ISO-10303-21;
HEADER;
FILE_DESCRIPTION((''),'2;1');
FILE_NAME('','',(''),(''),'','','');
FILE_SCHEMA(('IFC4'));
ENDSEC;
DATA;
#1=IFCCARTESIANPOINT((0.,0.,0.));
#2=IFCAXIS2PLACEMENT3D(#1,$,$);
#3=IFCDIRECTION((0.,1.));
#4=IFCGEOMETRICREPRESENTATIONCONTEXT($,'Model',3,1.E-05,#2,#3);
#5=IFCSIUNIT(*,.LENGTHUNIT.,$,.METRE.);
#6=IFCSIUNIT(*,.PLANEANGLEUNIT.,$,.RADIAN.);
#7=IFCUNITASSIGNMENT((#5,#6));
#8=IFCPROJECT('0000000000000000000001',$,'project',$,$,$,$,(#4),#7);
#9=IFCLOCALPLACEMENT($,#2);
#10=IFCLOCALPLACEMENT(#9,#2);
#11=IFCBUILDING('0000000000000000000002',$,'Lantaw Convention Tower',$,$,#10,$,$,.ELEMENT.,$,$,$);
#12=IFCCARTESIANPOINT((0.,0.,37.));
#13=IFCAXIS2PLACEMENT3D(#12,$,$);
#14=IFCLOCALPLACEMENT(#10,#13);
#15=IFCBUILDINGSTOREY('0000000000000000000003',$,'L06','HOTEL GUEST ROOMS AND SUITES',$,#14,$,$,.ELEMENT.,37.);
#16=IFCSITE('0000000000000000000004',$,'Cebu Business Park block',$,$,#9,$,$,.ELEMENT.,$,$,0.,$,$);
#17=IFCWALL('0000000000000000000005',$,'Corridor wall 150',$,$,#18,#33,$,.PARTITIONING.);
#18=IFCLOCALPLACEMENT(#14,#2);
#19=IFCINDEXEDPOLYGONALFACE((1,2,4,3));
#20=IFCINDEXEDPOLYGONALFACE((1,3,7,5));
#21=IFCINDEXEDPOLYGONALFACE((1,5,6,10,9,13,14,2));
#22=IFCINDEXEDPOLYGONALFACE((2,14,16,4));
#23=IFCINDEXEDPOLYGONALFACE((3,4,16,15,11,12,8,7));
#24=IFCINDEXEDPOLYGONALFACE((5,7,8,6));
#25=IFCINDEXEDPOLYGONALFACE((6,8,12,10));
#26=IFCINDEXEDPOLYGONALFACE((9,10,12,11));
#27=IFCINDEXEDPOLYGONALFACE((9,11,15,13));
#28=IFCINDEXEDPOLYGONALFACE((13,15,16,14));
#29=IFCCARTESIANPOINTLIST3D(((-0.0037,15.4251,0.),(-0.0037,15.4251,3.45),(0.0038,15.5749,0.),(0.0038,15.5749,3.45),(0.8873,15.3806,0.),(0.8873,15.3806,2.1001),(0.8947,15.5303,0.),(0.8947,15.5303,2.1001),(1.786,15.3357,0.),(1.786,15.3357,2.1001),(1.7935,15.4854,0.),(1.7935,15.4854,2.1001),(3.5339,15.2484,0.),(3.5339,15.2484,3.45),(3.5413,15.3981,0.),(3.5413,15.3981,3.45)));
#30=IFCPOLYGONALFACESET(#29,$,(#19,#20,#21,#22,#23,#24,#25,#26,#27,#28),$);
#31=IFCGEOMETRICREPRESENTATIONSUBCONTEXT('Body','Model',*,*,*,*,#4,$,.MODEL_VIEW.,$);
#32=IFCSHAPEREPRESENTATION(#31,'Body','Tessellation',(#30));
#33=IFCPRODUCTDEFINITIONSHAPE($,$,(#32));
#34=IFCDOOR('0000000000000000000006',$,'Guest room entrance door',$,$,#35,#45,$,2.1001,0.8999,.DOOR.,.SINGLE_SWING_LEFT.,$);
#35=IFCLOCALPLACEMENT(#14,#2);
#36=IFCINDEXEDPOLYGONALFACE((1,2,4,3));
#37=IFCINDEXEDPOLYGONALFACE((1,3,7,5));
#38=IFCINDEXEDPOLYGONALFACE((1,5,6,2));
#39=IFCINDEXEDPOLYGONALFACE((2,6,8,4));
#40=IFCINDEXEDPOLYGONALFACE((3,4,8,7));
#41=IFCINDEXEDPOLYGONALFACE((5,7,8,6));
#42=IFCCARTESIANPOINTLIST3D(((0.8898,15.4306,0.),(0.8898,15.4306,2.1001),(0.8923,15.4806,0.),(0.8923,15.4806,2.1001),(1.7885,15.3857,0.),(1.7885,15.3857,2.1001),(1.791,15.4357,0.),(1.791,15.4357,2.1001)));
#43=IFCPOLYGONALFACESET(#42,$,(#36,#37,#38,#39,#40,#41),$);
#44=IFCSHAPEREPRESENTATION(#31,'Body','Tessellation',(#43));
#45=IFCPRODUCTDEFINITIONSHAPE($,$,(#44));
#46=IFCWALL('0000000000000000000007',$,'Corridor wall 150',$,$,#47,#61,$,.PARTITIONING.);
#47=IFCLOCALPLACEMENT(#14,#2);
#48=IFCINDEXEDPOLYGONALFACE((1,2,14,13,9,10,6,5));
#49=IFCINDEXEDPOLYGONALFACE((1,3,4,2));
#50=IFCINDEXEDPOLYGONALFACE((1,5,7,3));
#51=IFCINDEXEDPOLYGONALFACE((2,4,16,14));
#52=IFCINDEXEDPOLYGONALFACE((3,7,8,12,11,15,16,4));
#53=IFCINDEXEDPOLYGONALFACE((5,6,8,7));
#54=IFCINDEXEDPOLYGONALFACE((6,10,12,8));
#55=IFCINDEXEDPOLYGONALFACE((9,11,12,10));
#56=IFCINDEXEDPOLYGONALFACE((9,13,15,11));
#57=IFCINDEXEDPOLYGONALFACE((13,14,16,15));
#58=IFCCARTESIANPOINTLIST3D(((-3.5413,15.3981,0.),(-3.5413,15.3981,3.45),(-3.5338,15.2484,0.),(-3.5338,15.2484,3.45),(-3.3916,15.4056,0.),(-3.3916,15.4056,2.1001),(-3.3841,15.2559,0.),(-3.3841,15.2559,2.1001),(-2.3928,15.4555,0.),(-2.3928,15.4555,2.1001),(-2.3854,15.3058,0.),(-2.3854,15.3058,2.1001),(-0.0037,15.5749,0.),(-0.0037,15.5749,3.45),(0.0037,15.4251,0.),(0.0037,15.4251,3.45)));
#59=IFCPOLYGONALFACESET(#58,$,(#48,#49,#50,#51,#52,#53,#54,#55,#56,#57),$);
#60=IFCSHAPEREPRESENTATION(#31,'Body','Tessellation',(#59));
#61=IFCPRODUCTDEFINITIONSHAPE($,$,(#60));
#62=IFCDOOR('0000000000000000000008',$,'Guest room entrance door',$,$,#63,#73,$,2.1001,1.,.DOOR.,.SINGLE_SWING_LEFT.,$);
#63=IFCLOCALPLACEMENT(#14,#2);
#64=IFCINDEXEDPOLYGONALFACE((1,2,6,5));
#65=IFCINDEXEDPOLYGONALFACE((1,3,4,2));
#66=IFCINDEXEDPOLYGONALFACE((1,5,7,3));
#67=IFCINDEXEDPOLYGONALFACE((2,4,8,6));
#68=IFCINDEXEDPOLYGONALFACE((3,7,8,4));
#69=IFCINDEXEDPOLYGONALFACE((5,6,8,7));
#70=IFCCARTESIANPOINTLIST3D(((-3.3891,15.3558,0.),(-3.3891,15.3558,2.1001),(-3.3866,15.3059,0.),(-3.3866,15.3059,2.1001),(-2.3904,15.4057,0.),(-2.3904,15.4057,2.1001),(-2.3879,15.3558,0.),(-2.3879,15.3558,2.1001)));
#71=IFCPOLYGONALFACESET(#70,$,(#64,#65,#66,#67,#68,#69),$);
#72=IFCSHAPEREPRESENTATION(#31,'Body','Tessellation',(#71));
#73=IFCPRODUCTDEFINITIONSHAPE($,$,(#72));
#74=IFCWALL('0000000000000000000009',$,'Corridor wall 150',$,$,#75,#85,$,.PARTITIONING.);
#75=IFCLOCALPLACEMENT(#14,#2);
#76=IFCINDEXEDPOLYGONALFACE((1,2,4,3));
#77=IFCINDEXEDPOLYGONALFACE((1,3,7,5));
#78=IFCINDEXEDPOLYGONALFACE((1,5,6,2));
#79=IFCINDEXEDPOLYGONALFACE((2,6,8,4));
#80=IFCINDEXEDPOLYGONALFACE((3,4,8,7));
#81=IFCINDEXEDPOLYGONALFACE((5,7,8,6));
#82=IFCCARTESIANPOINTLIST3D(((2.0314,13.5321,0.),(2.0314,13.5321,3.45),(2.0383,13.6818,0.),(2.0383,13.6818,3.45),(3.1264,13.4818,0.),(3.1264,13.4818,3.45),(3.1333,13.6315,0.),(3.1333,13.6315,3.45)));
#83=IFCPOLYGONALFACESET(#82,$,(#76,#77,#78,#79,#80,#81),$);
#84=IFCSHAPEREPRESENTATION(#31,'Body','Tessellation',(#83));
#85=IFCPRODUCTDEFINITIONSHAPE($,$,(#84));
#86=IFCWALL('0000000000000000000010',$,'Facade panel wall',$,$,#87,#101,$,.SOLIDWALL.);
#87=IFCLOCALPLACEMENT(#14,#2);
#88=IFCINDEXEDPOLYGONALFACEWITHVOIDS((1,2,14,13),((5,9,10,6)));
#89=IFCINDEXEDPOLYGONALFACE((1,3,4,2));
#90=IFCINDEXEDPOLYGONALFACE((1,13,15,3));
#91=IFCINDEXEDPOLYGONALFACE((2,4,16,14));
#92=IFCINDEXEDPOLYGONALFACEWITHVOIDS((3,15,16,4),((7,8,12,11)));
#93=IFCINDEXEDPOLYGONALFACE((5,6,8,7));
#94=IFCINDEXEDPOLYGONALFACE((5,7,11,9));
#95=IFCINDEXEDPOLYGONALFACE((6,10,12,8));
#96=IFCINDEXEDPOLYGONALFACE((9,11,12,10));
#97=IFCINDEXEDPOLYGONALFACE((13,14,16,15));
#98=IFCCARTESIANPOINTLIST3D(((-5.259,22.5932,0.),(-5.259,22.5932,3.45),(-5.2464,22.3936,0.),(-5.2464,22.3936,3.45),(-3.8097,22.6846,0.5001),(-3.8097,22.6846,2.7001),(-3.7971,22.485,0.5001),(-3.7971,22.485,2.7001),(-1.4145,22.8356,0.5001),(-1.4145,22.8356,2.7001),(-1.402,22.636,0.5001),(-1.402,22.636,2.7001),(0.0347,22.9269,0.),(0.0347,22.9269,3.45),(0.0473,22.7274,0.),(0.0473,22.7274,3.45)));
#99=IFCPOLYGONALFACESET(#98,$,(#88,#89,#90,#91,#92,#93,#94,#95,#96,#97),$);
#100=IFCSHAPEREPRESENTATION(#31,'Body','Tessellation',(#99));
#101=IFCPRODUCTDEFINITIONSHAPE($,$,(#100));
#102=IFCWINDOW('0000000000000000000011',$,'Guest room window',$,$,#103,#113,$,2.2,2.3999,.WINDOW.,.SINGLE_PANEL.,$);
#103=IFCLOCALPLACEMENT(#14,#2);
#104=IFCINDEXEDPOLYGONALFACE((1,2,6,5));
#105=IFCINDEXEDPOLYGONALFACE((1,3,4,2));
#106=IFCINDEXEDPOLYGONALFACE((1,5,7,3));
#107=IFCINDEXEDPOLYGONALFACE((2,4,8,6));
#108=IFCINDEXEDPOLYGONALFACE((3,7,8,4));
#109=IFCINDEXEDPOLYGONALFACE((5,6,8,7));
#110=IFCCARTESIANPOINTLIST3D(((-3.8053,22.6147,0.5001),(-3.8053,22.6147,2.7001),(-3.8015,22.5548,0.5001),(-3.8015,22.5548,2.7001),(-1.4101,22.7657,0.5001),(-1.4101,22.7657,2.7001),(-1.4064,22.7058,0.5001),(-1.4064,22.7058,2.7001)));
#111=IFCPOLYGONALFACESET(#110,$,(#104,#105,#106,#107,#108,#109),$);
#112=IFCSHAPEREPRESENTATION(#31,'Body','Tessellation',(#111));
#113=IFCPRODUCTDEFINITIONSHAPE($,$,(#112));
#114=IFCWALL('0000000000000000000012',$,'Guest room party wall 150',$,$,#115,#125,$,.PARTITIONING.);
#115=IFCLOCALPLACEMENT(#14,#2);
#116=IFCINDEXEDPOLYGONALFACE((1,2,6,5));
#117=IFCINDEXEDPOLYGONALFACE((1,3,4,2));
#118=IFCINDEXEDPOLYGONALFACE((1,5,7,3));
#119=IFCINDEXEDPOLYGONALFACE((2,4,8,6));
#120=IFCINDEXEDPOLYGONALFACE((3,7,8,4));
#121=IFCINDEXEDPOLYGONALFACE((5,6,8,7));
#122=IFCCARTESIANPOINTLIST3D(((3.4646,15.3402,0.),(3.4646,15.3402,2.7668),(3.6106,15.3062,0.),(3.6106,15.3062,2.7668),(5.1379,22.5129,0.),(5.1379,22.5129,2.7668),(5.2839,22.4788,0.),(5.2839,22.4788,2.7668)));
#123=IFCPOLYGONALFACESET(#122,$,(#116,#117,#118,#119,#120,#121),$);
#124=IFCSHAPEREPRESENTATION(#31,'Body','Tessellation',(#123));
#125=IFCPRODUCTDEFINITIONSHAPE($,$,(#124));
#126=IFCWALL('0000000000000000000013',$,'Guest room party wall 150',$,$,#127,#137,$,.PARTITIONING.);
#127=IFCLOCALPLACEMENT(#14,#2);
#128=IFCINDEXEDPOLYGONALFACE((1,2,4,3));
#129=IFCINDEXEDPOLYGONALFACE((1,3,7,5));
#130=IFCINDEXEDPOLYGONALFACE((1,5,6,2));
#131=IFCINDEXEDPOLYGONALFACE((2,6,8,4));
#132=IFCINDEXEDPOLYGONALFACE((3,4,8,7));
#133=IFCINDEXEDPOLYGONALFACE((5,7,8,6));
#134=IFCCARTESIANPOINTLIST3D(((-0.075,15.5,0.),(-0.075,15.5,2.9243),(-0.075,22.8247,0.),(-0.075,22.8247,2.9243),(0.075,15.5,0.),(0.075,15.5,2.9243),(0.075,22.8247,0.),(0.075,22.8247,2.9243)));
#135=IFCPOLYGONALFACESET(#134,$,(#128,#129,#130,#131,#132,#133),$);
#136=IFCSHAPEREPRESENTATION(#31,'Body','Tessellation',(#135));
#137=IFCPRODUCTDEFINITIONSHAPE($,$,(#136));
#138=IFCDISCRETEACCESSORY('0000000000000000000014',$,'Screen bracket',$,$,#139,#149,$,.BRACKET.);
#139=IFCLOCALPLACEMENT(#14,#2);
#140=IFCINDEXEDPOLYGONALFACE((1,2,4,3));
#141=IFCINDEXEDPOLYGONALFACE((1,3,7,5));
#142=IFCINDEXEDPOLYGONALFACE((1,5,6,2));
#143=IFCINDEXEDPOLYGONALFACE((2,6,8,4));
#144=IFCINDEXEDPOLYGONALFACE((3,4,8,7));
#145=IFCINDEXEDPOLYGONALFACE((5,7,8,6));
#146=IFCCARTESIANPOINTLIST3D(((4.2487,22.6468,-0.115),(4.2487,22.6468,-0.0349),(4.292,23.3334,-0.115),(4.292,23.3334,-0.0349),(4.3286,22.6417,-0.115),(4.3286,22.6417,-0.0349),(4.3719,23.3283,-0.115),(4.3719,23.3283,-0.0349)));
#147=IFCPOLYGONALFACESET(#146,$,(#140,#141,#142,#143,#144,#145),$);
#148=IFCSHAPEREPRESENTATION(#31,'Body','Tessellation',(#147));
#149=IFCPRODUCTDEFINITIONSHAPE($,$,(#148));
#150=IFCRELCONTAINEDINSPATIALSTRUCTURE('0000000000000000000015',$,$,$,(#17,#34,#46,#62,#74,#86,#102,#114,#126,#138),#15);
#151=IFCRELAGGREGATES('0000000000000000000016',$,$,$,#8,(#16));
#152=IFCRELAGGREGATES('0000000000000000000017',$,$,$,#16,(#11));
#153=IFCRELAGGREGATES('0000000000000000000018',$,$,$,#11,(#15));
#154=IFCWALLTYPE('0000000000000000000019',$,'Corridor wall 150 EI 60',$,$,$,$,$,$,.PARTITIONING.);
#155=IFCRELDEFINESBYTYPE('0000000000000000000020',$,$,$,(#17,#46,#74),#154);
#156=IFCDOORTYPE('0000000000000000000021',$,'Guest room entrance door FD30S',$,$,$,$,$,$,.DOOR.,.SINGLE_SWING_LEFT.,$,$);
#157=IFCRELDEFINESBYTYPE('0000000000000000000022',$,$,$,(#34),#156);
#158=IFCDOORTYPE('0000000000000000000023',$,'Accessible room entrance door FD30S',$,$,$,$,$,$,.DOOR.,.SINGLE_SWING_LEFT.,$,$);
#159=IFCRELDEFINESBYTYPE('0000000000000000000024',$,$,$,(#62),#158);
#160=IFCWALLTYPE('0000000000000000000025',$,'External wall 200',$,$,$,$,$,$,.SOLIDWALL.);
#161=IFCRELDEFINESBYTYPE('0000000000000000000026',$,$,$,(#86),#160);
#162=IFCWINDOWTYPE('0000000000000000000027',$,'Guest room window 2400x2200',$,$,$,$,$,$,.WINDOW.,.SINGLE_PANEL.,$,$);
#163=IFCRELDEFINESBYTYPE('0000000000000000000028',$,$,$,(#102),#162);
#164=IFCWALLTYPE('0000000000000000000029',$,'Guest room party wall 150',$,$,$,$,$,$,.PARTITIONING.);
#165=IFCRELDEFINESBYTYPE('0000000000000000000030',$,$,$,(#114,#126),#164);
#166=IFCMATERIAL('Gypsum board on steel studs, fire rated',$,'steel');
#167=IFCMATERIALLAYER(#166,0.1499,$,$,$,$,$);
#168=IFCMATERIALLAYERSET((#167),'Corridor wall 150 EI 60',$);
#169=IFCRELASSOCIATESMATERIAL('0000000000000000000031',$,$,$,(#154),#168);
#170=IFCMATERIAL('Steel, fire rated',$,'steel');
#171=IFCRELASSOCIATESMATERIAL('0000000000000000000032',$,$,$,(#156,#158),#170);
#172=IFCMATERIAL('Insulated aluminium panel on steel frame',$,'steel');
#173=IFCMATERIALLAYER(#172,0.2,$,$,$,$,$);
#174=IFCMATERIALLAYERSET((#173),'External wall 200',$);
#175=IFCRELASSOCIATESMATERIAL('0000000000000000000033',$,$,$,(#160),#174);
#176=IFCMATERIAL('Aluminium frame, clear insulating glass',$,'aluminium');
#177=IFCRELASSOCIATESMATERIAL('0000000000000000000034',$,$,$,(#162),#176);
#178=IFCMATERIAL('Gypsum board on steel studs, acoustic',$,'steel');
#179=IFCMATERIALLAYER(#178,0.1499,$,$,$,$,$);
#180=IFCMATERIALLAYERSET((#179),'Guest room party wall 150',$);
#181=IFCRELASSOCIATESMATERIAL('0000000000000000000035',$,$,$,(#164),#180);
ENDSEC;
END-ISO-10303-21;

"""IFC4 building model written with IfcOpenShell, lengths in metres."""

from ifc_helpers import new_model, si_unit, direction, frame, frame_2d, origin, origin_2d, place, context, subcontext, project, spatial, rectangle, extrude, material, layer, layer_set, type_object, element, fill, save


model = new_model("IFC4")

# Units and contexts
model_context = context("Model", 3, precision=1e-05, world=origin(), true_north=direction((0.0, 1.0)))
body_context = subcontext(model_context, "Body", "Model", "MODEL_VIEW")
ifc_project = project(units=[si_unit("LENGTHUNIT", "METRE"), si_unit("PLANEANGLEUNIT", "RADIAN")], contexts=[model_context])

# Site, building, storey
site_placement = place(None, origin())
site = spatial("IfcSite", under=ifc_project, at=site_placement, Name="Cebu Business Park block", CompositionType="ELEMENT", RefElevation=0.0)
building_placement = place(site_placement, origin())
building = spatial("IfcBuilding", under=site, at=building_placement, Name="Lantaw Convention Tower", CompositionType="ELEMENT")
storey_placement = place(building_placement, frame((0.0, 0.0, 37.0)))
storey = spatial("IfcBuildingStorey", under=building, at=storey_placement, Name="L06", Description="HOTEL GUEST ROOMS AND SUITES", CompositionType="ELEMENT", Elevation=37.0)

# Walls, openings, doors
ifc_material_1 = material(Name="Gypsum board on steel studs, fire rated", Category="steel")
ifc_layer_1 = layer(ifc_material_1, 0.1499)
ifc_layer_set_1 = layer_set([ifc_layer_1], Name="Corridor wall 150 EI 60")
wall_type_1 = type_object("IfcWallType", Name="Corridor wall 150 EI 60", PredefinedType="PARTITIONING", material=ifc_layer_set_1)
wall_1_placement = place(storey_placement, frame((3.5376, 15.3232, 0.0), z_axis=(0.0, 0.0, 1.0), x_axis=(-0.998754, 0.049903, 0.0)))
wall_1 = element("IfcWall", 1, at=wall_1_placement, inside=storey, type_object=wall_type_1, Name="Corridor wall 150", PredefinedType="PARTITIONING", context=body_context, shape_type="SweptSolid", body=[
    extrude(rectangle(XDim=3.542, YDim=0.1499, at=frame_2d((1.771, 0.0))), origin(), (0.0, 0.0, 1.0), 3.45),
])
opening_1_placement = place(wall_1_placement, frame((1.75, 0.0, 0.0)))
opening_1 = element("IfcOpeningElement", 2, at=opening_1_placement, cuts=wall_1, PredefinedType="OPENING", context=body_context, shape_type="SweptSolid", body=[
    extrude(rectangle(XDim=0.8999, YDim=2.1001, at=frame_2d((0.45, 1.05))), frame((0.0, 0.085, 0.0), z_axis=(0.0, -1.0, 0.0), x_axis=(1.0, 0.0, 0.0)), (0.0, 0.0, 1.0), 0.1699),
])
ifc_material_2 = material(Name="Steel, fire rated", Category="steel")
door_type_1 = type_object("IfcDoorType", Name="Guest room entrance door FD30S", OperationType="SINGLE_SWING_LEFT", PredefinedType="DOOR", material=ifc_material_2)
door_1_placement = place(opening_1_placement, origin())
door_1 = element("IfcDoor", 3, at=door_1_placement, inside=storey, type_object=door_type_1, Name="Guest room entrance door", OperationType="SINGLE_SWING_LEFT", OverallHeight=2.1001, OverallWidth=0.8999, PredefinedType="DOOR", context=body_context, shape_type="SweptSolid", body=[
    extrude(rectangle(XDim=0.8999, YDim=2.1001, at=frame_2d((0.45, 1.05))), frame((0.0, 0.0249, 0.0), z_axis=(0.0, -1.0, 0.0), x_axis=(1.0, 0.0, 0.0)), (0.0, 0.0, 1.0), 0.05),
])
fill(opening_1, door_1)
wall_2_placement = place(storey_placement, frame((0.0, 15.5, 0.0), z_axis=(0.0, 0.0, 1.0), x_axis=(-0.998754, -0.049903, 0.0)))
wall_2 = element("IfcWall", 4, at=wall_2_placement, inside=storey, type_object=wall_type_1, Name="Corridor wall 150", PredefinedType="PARTITIONING", context=body_context, shape_type="SweptSolid", body=[
    extrude(rectangle(XDim=3.542, YDim=0.1499, at=frame_2d((1.771, 0.0))), origin(), (0.0, 0.0, 1.0), 3.45),
])
opening_2_placement = place(wall_2_placement, frame((2.3921, 0.0, 0.0)))
opening_2 = element("IfcOpeningElement", 5, at=opening_2_placement, cuts=wall_2, PredefinedType="OPENING", context=body_context, shape_type="SweptSolid", body=[
    extrude(rectangle(XDim=1.0, YDim=2.1001, at=frame_2d((0.5, 1.05))), frame((0.0, 0.085, 0.0), z_axis=(0.0, -1.0, 0.0), x_axis=(1.0, 0.0, 0.0)), (0.0, 0.0, 1.0), 0.1699),
])
door_type_2 = type_object("IfcDoorType", Name="Accessible room entrance door FD30S", OperationType="SINGLE_SWING_LEFT", PredefinedType="DOOR", material=ifc_material_2)
door_2_placement = place(opening_2_placement, origin())
door_2 = element("IfcDoor", 6, at=door_2_placement, inside=storey, type_object=door_type_2, Name="Guest room entrance door", OperationType="SINGLE_SWING_LEFT", OverallHeight=2.1001, OverallWidth=1.0, PredefinedType="DOOR", context=body_context, shape_type="SweptSolid", body=[
    extrude(rectangle(XDim=1.0, YDim=2.1001, at=frame_2d((0.5, 1.05))), frame((0.0, 0.0249, 0.0), z_axis=(0.0, -1.0, 0.0), x_axis=(1.0, 0.0, 0.0)), (0.0, 0.0, 1.0), 0.05),
])
fill(opening_2, door_2)

# Wall
wall_3_placement = place(storey_placement, frame((3.1299, 13.5566, 0.0), z_axis=(0.0, 0.0, 1.0), x_axis=(-0.998947, 0.045883, 0.0)))
element("IfcWall", 7, at=wall_3_placement, inside=storey, type_object=wall_type_1, Name="Corridor wall 150", PredefinedType="PARTITIONING", context=body_context, shape_type="SweptSolid", body=[
    extrude(rectangle(XDim=1.0962, YDim=0.1499, at=frame_2d((0.5481, 0.0))), origin(), (0.0, 0.0, 1.0), 3.45),
])

# Wall, opening, window
ifc_material_3 = material(Name="Insulated aluminium panel on steel frame", Category="steel")
ifc_layer_2 = layer(ifc_material_3, 0.2)
ifc_layer_set_2 = layer_set([ifc_layer_2], Name="External wall 200")
wall_type_2 = type_object("IfcWallType", Name="External wall 200", PredefinedType="SOLIDWALL", material=ifc_layer_set_2)
wall_4_placement = place(storey_placement, frame((0.041, 22.8271, 0.0), z_axis=(0.0, 0.0, 1.0), x_axis=(-0.998019, -0.06292, 0.0)))
wall_4 = element("IfcWall", 8, at=wall_4_placement, inside=storey, type_object=wall_type_2, Name="Facade panel wall", PredefinedType="SOLIDWALL", context=body_context, shape_type="SweptSolid", body=[
    extrude(rectangle(XDim=5.3042, YDim=0.2, at=frame_2d((2.6521, 0.0))), origin(), (0.0, 0.0, 1.0), 3.45),
])
opening_3_placement = place(wall_4_placement, frame((1.4521, 0.0, 0.5)))
opening_3 = element("IfcOpeningElement", 9, at=opening_3_placement, cuts=wall_4, PredefinedType="OPENING", context=body_context, shape_type="SweptSolid", body=[
    extrude(rectangle(XDim=2.3999, YDim=2.2, at=frame_2d((1.2, 1.1001))), frame((0.0, 0.1099, 0.0), z_axis=(0.0, -1.0, 0.0), x_axis=(1.0, 0.0, 0.0)), (0.0, 0.0, 1.0), 0.22),
])
ifc_material_4 = material(Name="Aluminium frame, clear insulating glass", Category="aluminium")
window_type = type_object("IfcWindowType", Name="Guest room window 2400x2200", PartitioningType="SINGLE_PANEL", PredefinedType="WINDOW", material=ifc_material_4)
window_placement = place(opening_3_placement, origin())
window = element("IfcWindow", 10, at=window_placement, inside=storey, type_object=window_type, Name="Guest room window", OverallHeight=2.2, OverallWidth=2.3999, PartitioningType="SINGLE_PANEL", PredefinedType="WINDOW", context=body_context, shape_type="SweptSolid", body=[
    extrude(rectangle(XDim=2.3999, YDim=2.2, at=frame_2d((1.2, 1.1001))), frame((0.0, 0.03, 0.0), z_axis=(0.0, -1.0, 0.0), x_axis=(1.0, 0.0, 0.0)), (0.0, 0.0, 1.0), 0.0601),
])
fill(opening_3, window)

# Walls
ifc_material_5 = material(Name="Gypsum board on steel studs, acoustic", Category="steel")
ifc_layer_3 = layer(ifc_material_5, 0.1499)
ifc_layer_set_3 = layer_set([ifc_layer_3], Name="Guest room party wall 150")
wall_type_3 = type_object("IfcWallType", Name="Guest room party wall 150", PredefinedType="PARTITIONING", material=ifc_layer_set_3)
wall_5_placement = place(storey_placement, frame((5.2109, 22.4958, 0.0), z_axis=(0.0, 0.0, 1.0), x_axis=(-0.227195, -0.973849, 0.0)))
element("IfcWall", 11, at=wall_5_placement, inside=storey, type_object=wall_type_3, Name="Guest room party wall 150", PredefinedType="PARTITIONING", context=body_context, shape_type="SweptSolid", body=[
    extrude(rectangle(XDim=7.3652, YDim=0.1499, at=frame_2d((3.6826, 0.0))), origin(), (0.0, 0.0, 1.0), 2.7668),
])
wall_6_placement = place(storey_placement, frame((0.0, 22.8247, 0.0), z_axis=(0.0, 0.0, 1.0), x_axis=(0.0, -1.0, 0.0)))
element("IfcWall", 12, at=wall_6_placement, inside=storey, type_object=wall_type_3, Name="Guest room party wall 150", PredefinedType="PARTITIONING", context=body_context, shape_type="SweptSolid", body=[
    extrude(rectangle(XDim=7.3247, YDim=0.1499, at=frame_2d((3.6624, 0.0))), origin(), (0.0, 0.0, 1.0), 2.9243),
])

# Discrete accessory
discrete_accessory_placement = place(storey_placement, frame((4.3103, 22.9875, -0.115), z_axis=(0.0, 0.0, 1.0), x_axis=(-0.998016, 0.062958, 0.0)))
element("IfcDiscreteAccessory", 13, at=discrete_accessory_placement, inside=storey, Name="Screen bracket", PredefinedType="BRACKET", context=body_context, shape_type="SweptSolid", body=[
    extrude(rectangle(XDim=0.0801, YDim=0.688, at=origin_2d()), origin(), (0.0, 0.0, 1.0), 0.0801),
])

save(model, "model.ifc")
